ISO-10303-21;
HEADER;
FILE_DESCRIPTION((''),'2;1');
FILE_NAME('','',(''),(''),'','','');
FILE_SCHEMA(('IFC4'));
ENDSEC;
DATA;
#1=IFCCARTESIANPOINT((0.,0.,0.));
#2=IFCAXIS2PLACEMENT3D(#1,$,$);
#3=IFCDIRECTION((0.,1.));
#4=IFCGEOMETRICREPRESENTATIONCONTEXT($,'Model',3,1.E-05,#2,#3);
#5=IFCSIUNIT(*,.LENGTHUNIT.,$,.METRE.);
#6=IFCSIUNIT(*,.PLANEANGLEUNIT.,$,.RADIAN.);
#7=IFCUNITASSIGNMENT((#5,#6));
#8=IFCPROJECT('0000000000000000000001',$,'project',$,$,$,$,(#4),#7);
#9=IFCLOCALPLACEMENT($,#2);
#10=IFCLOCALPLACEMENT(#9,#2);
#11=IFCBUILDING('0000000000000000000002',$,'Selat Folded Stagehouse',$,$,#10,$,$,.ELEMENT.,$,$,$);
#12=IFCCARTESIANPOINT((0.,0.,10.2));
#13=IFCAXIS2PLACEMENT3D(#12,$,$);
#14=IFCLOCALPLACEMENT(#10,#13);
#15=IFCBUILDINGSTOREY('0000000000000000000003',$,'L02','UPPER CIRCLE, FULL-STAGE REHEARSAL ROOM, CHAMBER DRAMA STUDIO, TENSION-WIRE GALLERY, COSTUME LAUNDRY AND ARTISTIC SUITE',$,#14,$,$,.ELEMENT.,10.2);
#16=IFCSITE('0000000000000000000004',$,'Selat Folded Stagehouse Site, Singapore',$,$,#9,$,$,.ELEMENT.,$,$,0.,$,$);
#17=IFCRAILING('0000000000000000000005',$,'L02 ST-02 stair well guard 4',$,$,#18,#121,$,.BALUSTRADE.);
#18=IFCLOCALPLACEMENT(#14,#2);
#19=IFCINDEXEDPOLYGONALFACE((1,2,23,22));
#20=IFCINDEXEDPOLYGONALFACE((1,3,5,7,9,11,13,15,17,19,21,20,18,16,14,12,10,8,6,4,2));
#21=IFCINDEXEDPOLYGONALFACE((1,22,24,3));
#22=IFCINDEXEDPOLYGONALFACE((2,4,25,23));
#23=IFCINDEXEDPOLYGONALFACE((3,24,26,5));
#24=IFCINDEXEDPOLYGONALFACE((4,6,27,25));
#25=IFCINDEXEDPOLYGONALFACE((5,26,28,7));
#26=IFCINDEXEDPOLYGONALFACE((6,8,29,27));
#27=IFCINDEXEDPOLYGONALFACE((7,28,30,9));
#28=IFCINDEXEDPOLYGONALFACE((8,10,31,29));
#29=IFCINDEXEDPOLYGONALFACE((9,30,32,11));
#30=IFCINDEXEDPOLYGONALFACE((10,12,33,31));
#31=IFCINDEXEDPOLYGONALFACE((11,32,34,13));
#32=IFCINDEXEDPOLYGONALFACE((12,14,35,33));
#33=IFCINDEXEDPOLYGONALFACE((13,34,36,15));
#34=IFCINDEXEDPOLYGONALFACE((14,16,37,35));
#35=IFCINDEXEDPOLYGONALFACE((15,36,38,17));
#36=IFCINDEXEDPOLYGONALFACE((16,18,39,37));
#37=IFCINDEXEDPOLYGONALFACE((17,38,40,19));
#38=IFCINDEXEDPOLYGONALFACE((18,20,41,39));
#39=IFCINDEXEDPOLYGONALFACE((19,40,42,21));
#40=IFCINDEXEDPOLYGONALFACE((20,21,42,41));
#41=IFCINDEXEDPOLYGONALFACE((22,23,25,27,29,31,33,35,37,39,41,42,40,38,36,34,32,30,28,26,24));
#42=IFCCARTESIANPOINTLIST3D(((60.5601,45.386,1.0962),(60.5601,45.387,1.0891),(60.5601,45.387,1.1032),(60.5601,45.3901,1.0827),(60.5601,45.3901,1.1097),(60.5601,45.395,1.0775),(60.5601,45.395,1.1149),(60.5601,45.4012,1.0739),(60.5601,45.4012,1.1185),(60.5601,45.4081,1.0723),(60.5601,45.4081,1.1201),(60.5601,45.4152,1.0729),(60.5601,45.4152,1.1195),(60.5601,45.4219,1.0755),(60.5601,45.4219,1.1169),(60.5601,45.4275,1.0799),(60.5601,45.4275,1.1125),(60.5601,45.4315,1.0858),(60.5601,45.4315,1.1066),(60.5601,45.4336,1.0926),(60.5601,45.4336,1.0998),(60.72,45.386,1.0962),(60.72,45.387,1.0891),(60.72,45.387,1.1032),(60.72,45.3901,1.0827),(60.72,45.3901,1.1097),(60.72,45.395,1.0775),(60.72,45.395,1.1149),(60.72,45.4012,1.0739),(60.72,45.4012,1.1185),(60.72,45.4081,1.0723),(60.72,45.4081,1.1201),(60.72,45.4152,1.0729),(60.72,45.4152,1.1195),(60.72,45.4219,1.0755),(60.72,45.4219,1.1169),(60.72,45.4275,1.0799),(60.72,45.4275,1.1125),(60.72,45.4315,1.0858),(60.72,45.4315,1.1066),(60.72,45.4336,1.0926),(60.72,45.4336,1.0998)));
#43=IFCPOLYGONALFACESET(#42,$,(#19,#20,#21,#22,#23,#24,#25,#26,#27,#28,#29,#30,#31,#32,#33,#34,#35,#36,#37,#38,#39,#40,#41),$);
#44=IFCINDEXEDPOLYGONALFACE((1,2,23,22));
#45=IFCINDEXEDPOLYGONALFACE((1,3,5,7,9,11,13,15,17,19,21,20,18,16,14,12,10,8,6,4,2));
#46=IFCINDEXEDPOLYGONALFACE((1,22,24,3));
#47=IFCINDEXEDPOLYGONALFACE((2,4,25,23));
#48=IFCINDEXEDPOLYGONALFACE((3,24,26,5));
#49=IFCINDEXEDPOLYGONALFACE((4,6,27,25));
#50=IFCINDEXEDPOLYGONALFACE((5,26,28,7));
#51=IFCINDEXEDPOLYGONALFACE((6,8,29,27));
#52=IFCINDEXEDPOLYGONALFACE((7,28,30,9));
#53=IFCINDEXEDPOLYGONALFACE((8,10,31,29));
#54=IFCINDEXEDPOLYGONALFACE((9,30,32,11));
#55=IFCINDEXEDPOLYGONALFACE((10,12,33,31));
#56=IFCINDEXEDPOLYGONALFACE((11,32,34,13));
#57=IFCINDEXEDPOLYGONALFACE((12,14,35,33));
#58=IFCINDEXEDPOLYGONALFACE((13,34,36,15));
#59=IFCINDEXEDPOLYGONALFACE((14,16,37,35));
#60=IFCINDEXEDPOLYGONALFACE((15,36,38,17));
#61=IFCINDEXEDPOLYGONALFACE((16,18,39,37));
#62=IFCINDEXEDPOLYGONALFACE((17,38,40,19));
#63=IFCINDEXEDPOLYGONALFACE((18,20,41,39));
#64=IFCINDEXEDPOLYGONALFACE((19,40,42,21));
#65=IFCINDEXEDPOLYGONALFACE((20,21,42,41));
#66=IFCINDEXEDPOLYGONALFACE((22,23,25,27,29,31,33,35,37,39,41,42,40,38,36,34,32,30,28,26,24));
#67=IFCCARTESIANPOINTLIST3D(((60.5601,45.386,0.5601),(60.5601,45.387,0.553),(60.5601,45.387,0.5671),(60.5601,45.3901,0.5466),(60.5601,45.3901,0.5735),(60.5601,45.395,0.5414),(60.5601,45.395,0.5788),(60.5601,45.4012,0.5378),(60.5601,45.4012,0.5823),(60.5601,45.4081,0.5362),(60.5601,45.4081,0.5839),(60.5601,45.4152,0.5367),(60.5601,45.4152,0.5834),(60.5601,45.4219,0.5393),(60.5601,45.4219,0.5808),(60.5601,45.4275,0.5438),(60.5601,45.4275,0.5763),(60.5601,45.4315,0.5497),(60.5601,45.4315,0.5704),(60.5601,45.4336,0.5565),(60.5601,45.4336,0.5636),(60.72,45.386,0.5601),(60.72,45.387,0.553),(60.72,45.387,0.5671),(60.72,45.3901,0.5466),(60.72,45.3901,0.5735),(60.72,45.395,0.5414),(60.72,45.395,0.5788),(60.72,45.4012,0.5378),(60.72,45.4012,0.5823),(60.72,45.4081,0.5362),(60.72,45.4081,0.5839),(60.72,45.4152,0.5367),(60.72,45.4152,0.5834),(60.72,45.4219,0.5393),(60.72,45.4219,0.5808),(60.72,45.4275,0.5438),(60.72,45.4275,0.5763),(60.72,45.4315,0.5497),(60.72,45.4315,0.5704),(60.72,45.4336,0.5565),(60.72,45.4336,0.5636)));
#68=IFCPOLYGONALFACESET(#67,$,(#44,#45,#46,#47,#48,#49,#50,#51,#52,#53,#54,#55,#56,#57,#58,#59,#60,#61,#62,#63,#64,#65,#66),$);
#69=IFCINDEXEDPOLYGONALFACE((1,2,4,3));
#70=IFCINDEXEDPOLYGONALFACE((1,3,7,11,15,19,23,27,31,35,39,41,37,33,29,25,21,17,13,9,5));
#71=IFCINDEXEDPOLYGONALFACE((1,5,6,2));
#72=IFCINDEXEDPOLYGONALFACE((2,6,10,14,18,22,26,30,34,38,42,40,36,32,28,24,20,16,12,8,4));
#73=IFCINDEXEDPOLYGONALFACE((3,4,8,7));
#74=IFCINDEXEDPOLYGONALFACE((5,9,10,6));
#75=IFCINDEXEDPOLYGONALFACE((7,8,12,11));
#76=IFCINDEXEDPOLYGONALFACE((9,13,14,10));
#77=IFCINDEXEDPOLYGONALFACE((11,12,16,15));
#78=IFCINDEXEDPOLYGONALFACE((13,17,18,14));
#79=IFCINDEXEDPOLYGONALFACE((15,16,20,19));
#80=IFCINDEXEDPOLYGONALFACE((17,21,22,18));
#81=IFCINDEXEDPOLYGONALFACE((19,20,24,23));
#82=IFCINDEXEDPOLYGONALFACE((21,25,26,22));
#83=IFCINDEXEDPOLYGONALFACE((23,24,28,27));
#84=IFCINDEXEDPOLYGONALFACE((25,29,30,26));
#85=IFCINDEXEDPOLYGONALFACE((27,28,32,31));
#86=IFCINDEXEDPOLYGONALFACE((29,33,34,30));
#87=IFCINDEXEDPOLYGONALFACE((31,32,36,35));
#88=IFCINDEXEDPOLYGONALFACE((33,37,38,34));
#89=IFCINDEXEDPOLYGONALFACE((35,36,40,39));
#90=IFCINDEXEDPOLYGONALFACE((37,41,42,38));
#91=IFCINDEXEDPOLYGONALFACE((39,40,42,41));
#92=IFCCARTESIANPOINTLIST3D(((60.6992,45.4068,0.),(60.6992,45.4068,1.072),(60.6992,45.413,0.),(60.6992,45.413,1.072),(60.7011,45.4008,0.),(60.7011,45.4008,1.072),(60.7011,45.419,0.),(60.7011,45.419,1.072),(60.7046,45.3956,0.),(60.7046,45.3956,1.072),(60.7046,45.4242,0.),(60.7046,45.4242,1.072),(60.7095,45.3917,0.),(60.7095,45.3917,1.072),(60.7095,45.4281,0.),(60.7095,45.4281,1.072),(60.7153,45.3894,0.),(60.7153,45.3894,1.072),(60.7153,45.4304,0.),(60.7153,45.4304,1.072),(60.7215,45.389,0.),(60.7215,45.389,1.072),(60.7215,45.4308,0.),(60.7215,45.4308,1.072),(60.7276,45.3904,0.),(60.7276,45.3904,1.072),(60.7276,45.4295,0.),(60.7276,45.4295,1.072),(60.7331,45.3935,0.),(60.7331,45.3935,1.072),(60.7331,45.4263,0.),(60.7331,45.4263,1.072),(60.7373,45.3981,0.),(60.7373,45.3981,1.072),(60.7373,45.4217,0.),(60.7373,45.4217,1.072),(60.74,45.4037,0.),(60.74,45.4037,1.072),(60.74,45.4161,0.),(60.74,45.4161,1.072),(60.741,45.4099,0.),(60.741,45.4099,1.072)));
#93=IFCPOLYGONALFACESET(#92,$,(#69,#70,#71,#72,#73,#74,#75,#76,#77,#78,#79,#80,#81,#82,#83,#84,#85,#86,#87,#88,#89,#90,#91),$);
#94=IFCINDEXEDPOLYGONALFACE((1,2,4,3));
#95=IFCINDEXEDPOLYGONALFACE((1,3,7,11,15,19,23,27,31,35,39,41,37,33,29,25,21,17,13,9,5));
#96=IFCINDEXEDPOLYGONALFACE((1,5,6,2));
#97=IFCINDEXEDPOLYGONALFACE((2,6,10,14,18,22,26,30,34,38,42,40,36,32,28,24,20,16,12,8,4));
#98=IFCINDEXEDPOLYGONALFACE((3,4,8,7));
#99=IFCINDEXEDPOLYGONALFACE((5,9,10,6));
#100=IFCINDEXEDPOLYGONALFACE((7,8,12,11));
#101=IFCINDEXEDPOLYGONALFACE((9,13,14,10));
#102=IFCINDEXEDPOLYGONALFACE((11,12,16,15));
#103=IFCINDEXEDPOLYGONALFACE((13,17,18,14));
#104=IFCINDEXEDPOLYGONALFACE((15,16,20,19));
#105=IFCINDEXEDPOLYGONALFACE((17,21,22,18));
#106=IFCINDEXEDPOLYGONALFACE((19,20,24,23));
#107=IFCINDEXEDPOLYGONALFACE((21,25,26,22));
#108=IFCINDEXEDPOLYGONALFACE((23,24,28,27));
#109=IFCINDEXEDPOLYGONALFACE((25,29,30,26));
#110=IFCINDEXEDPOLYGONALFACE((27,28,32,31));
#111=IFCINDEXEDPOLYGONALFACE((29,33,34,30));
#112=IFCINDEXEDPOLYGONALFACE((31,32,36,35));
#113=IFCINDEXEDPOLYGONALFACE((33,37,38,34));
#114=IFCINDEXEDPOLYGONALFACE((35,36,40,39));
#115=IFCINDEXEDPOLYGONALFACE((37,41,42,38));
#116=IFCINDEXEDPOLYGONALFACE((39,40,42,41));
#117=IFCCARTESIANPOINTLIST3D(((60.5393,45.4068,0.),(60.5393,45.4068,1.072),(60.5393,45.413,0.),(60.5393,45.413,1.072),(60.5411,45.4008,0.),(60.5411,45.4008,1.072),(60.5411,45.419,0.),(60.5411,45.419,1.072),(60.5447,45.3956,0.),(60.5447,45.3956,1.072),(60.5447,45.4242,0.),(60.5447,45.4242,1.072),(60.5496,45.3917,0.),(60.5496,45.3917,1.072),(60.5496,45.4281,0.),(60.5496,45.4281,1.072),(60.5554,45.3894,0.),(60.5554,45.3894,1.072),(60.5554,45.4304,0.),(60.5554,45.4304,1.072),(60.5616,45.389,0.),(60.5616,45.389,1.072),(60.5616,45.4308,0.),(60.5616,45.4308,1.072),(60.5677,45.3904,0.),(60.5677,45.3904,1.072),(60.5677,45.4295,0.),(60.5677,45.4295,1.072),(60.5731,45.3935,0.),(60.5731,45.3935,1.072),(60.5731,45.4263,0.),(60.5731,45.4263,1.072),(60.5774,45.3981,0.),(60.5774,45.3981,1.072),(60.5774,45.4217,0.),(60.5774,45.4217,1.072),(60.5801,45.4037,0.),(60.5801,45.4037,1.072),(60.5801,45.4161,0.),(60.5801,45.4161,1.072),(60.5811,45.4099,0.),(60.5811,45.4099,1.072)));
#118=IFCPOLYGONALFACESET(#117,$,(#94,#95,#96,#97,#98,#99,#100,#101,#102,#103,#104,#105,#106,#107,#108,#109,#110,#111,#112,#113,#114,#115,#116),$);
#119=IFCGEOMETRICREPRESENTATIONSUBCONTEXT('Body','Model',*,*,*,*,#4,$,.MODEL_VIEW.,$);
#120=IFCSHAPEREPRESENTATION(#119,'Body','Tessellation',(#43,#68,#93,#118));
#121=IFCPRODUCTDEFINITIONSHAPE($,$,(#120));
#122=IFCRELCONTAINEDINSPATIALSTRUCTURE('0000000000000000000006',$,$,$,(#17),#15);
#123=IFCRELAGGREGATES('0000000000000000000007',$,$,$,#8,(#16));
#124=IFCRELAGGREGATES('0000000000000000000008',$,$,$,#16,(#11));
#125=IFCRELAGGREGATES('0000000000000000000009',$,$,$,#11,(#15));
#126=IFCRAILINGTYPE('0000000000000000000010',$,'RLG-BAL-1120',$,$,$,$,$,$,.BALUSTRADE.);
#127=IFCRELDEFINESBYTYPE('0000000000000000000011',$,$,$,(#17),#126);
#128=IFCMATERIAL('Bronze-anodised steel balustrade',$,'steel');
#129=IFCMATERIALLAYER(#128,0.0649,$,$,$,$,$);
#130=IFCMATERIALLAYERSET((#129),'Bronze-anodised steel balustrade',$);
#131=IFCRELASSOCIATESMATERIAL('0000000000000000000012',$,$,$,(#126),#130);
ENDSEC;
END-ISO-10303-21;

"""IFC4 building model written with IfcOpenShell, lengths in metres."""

from ifc_helpers import new_model, si_unit, direction, frame, origin, origin_2d, place, context, subcontext, project, spatial, circle, extrude, material, layer, layer_set, type_object, element, save


model = new_model("IFC4")

# Units and contexts
model_context = context("Model", 3, precision=1e-05, world=origin(), true_north=direction((0.0, 1.0)))
body_context = subcontext(model_context, "Body", "Model", "MODEL_VIEW")
ifc_project = project(units=[si_unit("LENGTHUNIT", "METRE"), si_unit("PLANEANGLEUNIT", "RADIAN")], contexts=[model_context])

# Site, building, storey
site_placement = place(None, origin())
site = spatial("IfcSite", under=ifc_project, at=site_placement, Name="Selat Folded Stagehouse Site, Singapore", CompositionType="ELEMENT", RefElevation=0.0)
building_placement = place(site_placement, origin())
building = spatial("IfcBuilding", under=site, at=building_placement, Name="Selat Folded Stagehouse", CompositionType="ELEMENT")
storey_placement = place(building_placement, frame((0.0, 0.0, 10.2)))
storey = spatial("IfcBuildingStorey", under=building, at=storey_placement, Name="L02", Description="UPPER CIRCLE, FULL-STAGE REHEARSAL ROOM, CHAMBER DRAMA STUDIO, TENSION-WIRE GALLERY, COSTUME LAUNDRY AND ARTISTIC SUITE", CompositionType="ELEMENT", Elevation=10.2)

# Railing
ifc_material_1 = material(Name="Bronze-anodised steel balustrade", Category="steel")
ifc_layer_1 = layer(ifc_material_1, 0.0649)
ifc_layer_set_1 = layer_set([ifc_layer_1], Name="Bronze-anodised steel balustrade")
railing_type_1 = type_object("IfcRailingType", Name="RLG-BAL-1120", PredefinedType="BALUSTRADE", material=ifc_layer_set_1)
railing_1_placement = place(storey_placement, frame((60.72, 45.4099, 0.0)))
element("IfcRailing", 1, at=railing_1_placement, inside=storey, type_object=railing_type_1, Name="L02 ST-02 stair well guard 4", PredefinedType="BALUSTRADE", context=body_context, shape_type="SweptSolid", body=[
    extrude(circle(Radius=0.0239, at=origin_2d()), frame((0.0, 0.0, 1.0962), z_axis=(-1.0, 0.0, 0.0), x_axis=(0.0, -1.0, 0.0)), (0.0, 0.0, 1.0), 0.1599),
    extrude(circle(Radius=0.0239, at=origin_2d()), frame((0.0, 0.0, 0.5601), z_axis=(-1.0, 0.0, 0.0), x_axis=(0.0, -1.0, 0.0)), (0.0, 0.0, 1.0), 0.1599),
    extrude(circle(Radius=0.021, at=origin_2d()), origin(), (0.0, 0.0, 1.0), 1.072),
    extrude(circle(Radius=0.021, at=origin_2d()), frame((-0.1599, 0.0, 0.0)), (0.0, 0.0, 1.0), 1.072),
])

save(model, "model.ifc")
